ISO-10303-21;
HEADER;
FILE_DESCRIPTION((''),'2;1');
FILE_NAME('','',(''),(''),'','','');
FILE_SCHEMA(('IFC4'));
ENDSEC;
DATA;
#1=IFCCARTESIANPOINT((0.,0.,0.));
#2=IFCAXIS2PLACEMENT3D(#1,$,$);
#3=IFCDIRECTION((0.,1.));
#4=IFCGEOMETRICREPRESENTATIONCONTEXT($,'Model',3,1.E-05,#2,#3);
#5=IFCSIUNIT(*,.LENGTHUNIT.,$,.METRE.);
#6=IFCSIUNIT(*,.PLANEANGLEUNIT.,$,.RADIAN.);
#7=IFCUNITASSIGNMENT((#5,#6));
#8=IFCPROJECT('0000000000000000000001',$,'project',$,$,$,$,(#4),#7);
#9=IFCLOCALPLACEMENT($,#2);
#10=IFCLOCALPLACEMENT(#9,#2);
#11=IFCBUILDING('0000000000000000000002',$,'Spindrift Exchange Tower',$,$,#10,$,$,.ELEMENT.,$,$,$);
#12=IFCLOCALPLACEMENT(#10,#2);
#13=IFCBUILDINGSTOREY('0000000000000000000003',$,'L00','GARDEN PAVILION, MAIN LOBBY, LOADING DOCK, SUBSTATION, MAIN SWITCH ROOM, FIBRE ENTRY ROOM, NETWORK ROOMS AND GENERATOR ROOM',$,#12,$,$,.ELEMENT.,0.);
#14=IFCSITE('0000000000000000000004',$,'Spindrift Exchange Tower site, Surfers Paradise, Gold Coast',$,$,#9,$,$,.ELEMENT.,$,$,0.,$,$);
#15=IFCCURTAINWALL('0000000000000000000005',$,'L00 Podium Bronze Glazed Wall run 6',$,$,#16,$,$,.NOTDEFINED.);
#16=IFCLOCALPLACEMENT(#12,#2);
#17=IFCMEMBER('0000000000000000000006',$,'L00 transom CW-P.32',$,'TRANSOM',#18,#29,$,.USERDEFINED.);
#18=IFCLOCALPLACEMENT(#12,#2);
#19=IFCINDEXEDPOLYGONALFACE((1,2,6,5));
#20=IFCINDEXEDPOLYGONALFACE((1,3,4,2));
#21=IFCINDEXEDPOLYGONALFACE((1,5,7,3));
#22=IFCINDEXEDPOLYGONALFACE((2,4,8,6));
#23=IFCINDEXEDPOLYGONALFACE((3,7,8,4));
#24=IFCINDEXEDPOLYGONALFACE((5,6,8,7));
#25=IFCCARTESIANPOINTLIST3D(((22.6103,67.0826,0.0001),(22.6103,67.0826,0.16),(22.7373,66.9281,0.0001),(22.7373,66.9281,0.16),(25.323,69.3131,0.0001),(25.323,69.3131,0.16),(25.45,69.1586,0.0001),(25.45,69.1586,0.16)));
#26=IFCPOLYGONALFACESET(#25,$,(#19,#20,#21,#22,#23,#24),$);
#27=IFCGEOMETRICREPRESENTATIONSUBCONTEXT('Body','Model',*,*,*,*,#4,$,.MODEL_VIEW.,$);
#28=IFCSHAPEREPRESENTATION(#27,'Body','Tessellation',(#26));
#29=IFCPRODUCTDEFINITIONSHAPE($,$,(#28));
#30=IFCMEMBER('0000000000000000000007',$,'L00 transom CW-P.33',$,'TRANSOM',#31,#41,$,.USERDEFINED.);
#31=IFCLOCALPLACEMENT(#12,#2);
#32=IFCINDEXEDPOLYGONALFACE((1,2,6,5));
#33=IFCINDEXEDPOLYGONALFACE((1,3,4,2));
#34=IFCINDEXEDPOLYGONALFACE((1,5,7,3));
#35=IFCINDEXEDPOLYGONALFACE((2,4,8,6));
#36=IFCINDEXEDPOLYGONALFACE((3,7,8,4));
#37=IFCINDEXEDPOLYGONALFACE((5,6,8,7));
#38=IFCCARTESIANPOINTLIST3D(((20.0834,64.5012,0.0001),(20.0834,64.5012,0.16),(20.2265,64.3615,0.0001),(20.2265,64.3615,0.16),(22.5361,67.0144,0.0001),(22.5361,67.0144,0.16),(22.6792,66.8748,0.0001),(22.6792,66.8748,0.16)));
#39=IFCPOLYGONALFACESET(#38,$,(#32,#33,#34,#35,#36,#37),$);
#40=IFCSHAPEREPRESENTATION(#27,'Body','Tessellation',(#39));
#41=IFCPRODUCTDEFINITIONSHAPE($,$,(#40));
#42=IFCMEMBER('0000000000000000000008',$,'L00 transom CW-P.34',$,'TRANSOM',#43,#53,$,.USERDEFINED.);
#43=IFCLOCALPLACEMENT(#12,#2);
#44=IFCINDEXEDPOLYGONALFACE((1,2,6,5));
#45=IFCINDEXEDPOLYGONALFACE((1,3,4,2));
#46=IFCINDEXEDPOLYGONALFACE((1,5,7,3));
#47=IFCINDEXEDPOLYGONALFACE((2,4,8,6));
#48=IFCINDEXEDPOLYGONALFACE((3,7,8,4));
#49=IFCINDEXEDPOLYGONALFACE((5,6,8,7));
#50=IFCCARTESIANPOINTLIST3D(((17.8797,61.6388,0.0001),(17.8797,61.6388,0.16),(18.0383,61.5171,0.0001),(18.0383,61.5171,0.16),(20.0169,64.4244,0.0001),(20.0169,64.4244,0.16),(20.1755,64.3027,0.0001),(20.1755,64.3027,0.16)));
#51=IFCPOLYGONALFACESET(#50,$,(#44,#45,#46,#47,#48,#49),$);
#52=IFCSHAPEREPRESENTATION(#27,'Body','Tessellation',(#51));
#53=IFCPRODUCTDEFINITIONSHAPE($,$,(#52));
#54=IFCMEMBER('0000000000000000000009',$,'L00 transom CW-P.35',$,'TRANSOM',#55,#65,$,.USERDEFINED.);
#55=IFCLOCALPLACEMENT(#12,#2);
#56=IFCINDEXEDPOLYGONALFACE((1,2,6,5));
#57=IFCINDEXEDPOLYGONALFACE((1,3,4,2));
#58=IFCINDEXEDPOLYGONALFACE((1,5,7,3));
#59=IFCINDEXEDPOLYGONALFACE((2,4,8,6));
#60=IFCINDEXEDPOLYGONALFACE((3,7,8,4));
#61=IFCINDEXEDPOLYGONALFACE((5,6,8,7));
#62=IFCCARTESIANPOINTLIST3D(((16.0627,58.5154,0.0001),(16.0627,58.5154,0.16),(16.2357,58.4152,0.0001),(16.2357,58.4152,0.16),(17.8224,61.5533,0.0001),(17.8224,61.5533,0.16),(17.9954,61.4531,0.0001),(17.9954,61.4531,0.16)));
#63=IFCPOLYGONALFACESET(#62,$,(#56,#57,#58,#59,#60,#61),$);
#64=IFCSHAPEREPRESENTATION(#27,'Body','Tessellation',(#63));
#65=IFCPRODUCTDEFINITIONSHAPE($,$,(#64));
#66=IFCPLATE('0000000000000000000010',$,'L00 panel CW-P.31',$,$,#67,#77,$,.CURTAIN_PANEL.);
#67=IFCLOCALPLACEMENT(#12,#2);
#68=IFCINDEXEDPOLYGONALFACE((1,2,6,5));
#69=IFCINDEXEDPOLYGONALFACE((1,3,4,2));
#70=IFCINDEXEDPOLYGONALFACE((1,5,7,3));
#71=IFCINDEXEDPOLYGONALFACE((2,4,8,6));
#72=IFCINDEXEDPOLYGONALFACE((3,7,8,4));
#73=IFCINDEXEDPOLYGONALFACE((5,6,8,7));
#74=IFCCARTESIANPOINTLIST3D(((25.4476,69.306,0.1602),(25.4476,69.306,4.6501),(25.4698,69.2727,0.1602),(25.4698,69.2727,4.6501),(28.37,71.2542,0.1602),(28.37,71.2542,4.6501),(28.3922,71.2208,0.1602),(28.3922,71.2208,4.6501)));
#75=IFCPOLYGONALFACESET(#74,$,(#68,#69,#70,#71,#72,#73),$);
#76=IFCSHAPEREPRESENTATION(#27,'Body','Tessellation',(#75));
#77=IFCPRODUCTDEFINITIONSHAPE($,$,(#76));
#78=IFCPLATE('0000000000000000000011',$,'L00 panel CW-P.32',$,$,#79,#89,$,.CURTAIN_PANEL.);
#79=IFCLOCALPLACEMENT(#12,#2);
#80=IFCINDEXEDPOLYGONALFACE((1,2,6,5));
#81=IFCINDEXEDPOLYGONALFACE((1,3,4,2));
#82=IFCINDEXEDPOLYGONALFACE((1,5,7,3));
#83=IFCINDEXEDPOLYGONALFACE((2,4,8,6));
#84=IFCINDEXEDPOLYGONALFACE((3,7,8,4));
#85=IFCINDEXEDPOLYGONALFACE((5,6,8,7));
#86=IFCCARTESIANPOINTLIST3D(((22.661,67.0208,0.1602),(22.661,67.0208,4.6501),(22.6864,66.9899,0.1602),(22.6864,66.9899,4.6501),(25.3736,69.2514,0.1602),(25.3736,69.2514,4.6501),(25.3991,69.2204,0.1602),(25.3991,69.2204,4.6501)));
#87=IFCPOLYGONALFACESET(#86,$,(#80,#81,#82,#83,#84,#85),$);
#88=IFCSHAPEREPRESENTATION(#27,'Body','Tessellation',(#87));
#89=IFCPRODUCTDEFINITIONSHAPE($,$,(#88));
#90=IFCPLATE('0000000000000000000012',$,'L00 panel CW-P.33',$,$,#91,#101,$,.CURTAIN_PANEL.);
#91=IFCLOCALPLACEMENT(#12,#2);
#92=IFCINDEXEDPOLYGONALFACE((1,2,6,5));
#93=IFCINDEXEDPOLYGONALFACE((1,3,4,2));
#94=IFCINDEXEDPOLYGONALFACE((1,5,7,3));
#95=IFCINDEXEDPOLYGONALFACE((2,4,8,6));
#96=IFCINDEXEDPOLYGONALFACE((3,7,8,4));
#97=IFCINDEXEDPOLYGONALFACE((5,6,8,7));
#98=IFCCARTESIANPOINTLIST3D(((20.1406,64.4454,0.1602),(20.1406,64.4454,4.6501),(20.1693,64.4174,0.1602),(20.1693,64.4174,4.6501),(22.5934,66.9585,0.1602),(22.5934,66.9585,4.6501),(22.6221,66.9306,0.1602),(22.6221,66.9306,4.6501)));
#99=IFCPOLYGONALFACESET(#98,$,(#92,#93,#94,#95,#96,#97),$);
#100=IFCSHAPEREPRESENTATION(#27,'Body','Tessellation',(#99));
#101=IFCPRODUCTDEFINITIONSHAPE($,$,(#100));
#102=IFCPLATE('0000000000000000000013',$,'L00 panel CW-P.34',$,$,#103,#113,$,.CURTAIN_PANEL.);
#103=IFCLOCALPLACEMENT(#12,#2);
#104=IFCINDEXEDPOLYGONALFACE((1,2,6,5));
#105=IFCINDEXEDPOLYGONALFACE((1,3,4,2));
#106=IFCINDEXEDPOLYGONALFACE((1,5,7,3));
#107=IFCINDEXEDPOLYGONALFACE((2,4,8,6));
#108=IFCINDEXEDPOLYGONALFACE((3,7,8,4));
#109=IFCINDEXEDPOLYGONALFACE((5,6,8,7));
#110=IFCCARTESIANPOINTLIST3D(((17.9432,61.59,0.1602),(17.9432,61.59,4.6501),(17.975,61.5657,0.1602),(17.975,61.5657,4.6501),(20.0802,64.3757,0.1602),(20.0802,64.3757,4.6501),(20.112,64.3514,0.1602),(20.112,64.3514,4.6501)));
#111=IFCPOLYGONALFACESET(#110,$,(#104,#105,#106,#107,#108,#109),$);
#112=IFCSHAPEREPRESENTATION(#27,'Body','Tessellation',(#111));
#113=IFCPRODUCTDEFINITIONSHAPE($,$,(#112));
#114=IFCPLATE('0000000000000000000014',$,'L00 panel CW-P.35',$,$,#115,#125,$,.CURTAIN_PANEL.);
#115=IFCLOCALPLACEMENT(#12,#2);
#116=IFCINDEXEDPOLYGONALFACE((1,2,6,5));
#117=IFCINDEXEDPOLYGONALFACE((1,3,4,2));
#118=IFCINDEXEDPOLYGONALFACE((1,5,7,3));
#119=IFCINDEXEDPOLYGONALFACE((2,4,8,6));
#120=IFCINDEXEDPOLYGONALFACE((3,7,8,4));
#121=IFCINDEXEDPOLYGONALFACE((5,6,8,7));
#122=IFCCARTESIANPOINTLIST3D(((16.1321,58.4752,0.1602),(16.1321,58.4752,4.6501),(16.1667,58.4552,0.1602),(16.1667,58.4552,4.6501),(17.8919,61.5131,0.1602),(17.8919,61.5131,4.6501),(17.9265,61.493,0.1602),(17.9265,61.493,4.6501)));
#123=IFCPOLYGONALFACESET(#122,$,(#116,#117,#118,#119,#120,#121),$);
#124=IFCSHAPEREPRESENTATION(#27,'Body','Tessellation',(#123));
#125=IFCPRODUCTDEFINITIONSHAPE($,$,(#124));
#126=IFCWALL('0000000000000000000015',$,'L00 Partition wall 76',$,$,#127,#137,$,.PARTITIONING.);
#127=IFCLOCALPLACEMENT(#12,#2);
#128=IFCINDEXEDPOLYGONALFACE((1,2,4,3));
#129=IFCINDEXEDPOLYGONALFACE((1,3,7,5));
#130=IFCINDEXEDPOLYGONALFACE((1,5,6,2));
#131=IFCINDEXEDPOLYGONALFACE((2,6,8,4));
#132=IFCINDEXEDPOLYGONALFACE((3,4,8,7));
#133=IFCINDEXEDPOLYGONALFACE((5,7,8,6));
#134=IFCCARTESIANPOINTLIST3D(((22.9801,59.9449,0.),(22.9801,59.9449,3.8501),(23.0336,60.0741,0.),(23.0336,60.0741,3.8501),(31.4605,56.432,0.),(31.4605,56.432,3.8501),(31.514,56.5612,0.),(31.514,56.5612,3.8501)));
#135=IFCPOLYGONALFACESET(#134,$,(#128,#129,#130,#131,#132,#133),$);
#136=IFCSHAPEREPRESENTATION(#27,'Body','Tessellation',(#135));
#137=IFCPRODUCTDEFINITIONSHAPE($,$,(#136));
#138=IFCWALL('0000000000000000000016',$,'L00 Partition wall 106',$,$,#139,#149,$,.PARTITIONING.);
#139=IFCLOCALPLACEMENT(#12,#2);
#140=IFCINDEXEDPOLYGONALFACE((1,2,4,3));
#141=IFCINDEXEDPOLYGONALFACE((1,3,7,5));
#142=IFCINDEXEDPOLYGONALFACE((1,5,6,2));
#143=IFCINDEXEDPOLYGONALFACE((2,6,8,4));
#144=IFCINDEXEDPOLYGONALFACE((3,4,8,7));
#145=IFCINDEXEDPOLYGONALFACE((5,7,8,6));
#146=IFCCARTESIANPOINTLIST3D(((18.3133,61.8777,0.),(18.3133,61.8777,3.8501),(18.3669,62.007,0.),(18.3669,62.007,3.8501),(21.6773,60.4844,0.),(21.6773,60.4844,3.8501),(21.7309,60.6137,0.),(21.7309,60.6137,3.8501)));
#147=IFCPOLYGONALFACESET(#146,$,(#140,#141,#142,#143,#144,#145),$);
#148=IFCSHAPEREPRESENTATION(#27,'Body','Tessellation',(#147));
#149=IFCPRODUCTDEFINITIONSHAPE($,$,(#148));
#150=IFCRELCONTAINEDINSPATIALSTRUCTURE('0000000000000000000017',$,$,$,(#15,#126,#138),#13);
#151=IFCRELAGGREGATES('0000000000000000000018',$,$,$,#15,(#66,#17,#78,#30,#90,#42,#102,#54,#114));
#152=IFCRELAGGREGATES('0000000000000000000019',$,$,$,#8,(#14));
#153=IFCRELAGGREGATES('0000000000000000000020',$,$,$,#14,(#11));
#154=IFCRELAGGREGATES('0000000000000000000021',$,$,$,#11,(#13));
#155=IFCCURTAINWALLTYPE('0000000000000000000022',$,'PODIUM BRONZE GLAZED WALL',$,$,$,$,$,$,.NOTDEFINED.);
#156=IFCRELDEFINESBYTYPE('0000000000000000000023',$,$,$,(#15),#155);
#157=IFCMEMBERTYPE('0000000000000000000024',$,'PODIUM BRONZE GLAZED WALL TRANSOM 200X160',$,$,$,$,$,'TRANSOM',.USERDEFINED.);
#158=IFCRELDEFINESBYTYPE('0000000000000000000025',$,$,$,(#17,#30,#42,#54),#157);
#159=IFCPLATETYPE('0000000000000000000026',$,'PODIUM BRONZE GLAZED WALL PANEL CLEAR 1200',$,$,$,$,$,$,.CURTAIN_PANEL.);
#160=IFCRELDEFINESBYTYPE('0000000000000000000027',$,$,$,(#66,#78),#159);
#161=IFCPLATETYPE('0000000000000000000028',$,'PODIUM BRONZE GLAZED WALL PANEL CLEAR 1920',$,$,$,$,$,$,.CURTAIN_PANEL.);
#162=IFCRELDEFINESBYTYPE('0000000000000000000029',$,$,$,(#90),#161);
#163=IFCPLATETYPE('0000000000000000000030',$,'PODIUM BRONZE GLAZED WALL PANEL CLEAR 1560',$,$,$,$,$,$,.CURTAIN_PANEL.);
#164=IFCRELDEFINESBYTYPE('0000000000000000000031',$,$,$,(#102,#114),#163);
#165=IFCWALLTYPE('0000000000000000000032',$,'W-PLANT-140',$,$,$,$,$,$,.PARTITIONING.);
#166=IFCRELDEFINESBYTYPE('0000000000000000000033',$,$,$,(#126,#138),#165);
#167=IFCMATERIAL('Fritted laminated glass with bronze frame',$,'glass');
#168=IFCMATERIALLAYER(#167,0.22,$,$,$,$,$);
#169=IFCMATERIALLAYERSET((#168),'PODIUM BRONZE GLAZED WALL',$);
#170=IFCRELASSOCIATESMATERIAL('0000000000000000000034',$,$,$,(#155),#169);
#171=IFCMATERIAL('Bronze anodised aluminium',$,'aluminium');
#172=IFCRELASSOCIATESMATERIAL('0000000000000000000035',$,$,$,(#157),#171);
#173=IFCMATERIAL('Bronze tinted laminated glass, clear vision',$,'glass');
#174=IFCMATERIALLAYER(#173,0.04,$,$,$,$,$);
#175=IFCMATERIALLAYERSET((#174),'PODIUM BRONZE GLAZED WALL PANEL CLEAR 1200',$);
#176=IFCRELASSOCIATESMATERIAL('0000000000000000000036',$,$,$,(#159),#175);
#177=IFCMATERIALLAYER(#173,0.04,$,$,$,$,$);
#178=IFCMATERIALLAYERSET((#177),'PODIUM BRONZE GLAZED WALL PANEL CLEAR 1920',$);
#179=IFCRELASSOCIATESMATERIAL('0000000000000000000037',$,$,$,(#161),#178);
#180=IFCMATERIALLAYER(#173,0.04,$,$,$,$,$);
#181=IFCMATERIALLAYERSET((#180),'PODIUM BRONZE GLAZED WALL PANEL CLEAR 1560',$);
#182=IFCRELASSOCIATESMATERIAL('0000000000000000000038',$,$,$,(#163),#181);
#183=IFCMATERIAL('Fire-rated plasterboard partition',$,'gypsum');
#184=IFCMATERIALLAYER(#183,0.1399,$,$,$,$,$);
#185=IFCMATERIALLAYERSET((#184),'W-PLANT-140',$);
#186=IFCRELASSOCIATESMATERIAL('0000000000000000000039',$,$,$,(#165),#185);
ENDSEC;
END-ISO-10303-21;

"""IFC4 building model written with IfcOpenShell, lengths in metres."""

from ifc_helpers import new_model, si_unit, direction, frame, frame_2d, origin, origin_2d, place, context, subcontext, project, spatial, rectangle, extrude, source, transform, mapped, material, layer, layer_set, material_profile, profile_set, type_object, element, aggregate, save


model = new_model("IFC4")

# Units and contexts
model_context = context("Model", 3, precision=1e-05, world=origin(), true_north=direction((0.0, 1.0)))
body_context = subcontext(model_context, "Body", "Model", "MODEL_VIEW")
ifc_project = project(units=[si_unit("LENGTHUNIT", "METRE"), si_unit("PLANEANGLEUNIT", "RADIAN")], contexts=[model_context])

# Site, building, storey
site_placement = place(None, origin())
site = spatial("IfcSite", under=ifc_project, at=site_placement, Name="Spindrift Exchange Tower site, Surfers Paradise, Gold Coast", CompositionType="ELEMENT", RefElevation=0.0)
building_placement = place(site_placement, origin())
building = spatial("IfcBuilding", under=site, at=building_placement, Name="Spindrift Exchange Tower", CompositionType="ELEMENT")
storey_placement = place(building_placement, origin())
storey = spatial("IfcBuildingStorey", under=building, at=storey_placement, Name="L00", Description="GARDEN PAVILION, MAIN LOBBY, LOADING DOCK, SUBSTATION, MAIN SWITCH ROOM, FIBRE ENTRY ROOM, NETWORK ROOMS AND GENERATOR ROOM", CompositionType="ELEMENT", Elevation=0.0)

# Curtain wall, members, plates
ifc_material_1 = material(Name="Fritted laminated glass with bronze frame", Category="glass")
ifc_layer_1 = layer(ifc_material_1, 0.22)
ifc_layer_set_1 = layer_set([ifc_layer_1], Name="PODIUM BRONZE GLAZED WALL")
curtain_wall_type = type_object("IfcCurtainWallType", Name="PODIUM BRONZE GLAZED WALL", PredefinedType="NOTDEFINED", material=ifc_layer_set_1)
curtain_wall_placement = place(storey_placement, origin())
curtain_wall = element("IfcCurtainWall", 1, at=curtain_wall_placement, inside=storey, type_object=curtain_wall_type, Name="L00 Podium Bronze Glazed Wall run 6", PredefinedType="NOTDEFINED")
ifc_material_2 = material(Name="Bronze anodised aluminium", Category="aluminium")
ifc_material_profile_1 = material_profile(ifc_material_2, rectangle(XDim=0.2, YDim=0.1599, at=origin_2d()), Name="PODIUM BRONZE GLAZED WALL TRANSOM 200X160")
ifc_profile_set_1 = profile_set([ifc_material_profile_1], Name="Bronze anodised aluminium")
member_type_1 = type_object("IfcMemberType", Name="PODIUM BRONZE GLAZED WALL TRANSOM 200X160", ElementType="TRANSOM", PredefinedType="USERDEFINED", material=ifc_profile_set_1)
shared_shape_1 = source(origin(), body_context, "Body", "SweptSolid", [
    extrude(rectangle(XDim=0.2, YDim=0.1599, at=origin_2d()), origin(), (0.0, 0.0, 1.0), 3.512),
])
member_1_placement = place(storey_placement, frame((25.3865, 69.2358, 0.0801), z_axis=(-0.772416, -0.635117, 0.0), x_axis=(0.635117, -0.772416, 0.0)))
member_1 = element("IfcMember", 2, at=member_1_placement, type_object=member_type_1, Name="L00 transom CW-P.32", ObjectType="TRANSOM", PredefinedType="USERDEFINED", context=body_context, shape_type="MappedRepresentation", body=[
    mapped(shared_shape_1, transform((0.0, 0.0, 0.0), scale=1.0)),
])
shared_shape_2 = source(origin(), body_context, "Body", "SweptSolid", [
    extrude(rectangle(XDim=0.2, YDim=0.1599, at=origin_2d()), origin(), (0.0, 0.0, 1.0), 3.5117),
])
member_2_placement = place(storey_placement, frame((22.6077, 66.9446, 0.0801), z_axis=(-0.698433, -0.715675, 0.0), x_axis=(0.715675, -0.698433, 0.0)))
member_2 = element("IfcMember", 3, at=member_2_placement, type_object=member_type_1, Name="L00 transom CW-P.33", ObjectType="TRANSOM", PredefinedType="USERDEFINED", context=body_context, shape_type="MappedRepresentation", body=[
    mapped(shared_shape_2, transform((0.0, 0.0, 0.0), scale=1.0)),
])
shared_shape_3 = source(origin(), body_context, "Body", "SweptSolid", [
    extrude(rectangle(XDim=0.2, YDim=0.1599, at=origin_2d()), origin(), (0.0, 0.0, 1.0), 3.511),
])
member_3_placement = place(storey_placement, frame((20.0962, 64.3635, 0.0801), z_axis=(-0.608709, -0.793394, 0.0), x_axis=(0.793394, -0.608709, 0.0)))
member_3 = element("IfcMember", 4, at=member_3_placement, type_object=member_type_1, Name="L00 transom CW-P.34", ObjectType="TRANSOM", PredefinedType="USERDEFINED", context=body_context, shape_type="MappedRepresentation", body=[
    mapped(shared_shape_3, transform((0.0, 0.0, 0.0), scale=1.0)),
])
shared_shape_4 = source(origin(), body_context, "Body", "SweptSolid", [
    extrude(rectangle(XDim=0.2, YDim=0.1599, at=origin_2d()), origin(), (0.0, 0.0, 1.0), 3.5107),
])
member_4_placement = place(storey_placement, frame((17.9089, 61.5032, 0.0801), z_axis=(-0.501253, -0.865301, 0.0), x_axis=(0.865301, -0.501253, 0.0)))
member_4 = element("IfcMember", 5, at=member_4_placement, type_object=member_type_1, Name="L00 transom CW-P.35", ObjectType="TRANSOM", PredefinedType="USERDEFINED", context=body_context, shape_type="MappedRepresentation", body=[
    mapped(shared_shape_4, transform((0.0, 0.0, 0.0), scale=1.0)),
])
ifc_material_3 = material(Name="Bronze tinted laminated glass, clear vision", Category="glass")
ifc_layer_2 = layer(ifc_material_3, 0.04)
ifc_layer_set_2 = layer_set([ifc_layer_2], Name="PODIUM BRONZE GLAZED WALL PANEL CLEAR 1200")
plate_type_1 = type_object("IfcPlateType", Name="PODIUM BRONZE GLAZED WALL PANEL CLEAR 1200", PredefinedType="CURTAIN_PANEL", material=ifc_layer_set_2)
shared_shape_5 = source(origin(), body_context, "Body", "SweptSolid", [
    extrude(rectangle(XDim=3.5122, YDim=0.04, at=origin_2d()), origin(), (0.0, 0.0, 1.0), 4.49),
])
plate_1_placement = place(storey_placement, frame((26.9199, 70.2634, 0.1602), z_axis=(0.0, 0.0, 1.0), x_axis=(-0.832067, -0.554675, 0.0)))
plate_1 = element("IfcPlate", 6, at=plate_1_placement, type_object=plate_type_1, Name="L00 panel CW-P.31", PredefinedType="CURTAIN_PANEL", context=body_context, shape_type="MappedRepresentation", body=[
    mapped(shared_shape_5, transform((0.0, 0.0, 0.0), scale=1.0)),
])
shared_shape_6 = source(origin(), body_context, "Body", "SweptSolid", [
    extrude(rectangle(XDim=3.512, YDim=0.04, at=origin_2d()), origin(), (0.0, 0.0, 1.0), 4.49),
])
plate_2_placement = place(storey_placement, frame((24.03, 68.1206, 0.1602), z_axis=(0.0, 0.0, 1.0), x_axis=(-0.772399, -0.635138, 0.0)))
plate_2 = element("IfcPlate", 7, at=plate_2_placement, type_object=plate_type_1, Name="L00 panel CW-P.32", PredefinedType="CURTAIN_PANEL", context=body_context, shape_type="MappedRepresentation", body=[
    mapped(shared_shape_6, transform((0.0, 0.0, 0.0), scale=1.0)),
])
ifc_layer_3 = layer(ifc_material_3, 0.04)
ifc_layer_set_3 = layer_set([ifc_layer_3], Name="PODIUM BRONZE GLAZED WALL PANEL CLEAR 1920")
plate_type_2 = type_object("IfcPlateType", Name="PODIUM BRONZE GLAZED WALL PANEL CLEAR 1920", PredefinedType="CURTAIN_PANEL", material=ifc_layer_set_3)
shared_shape_7 = source(origin(), body_context, "Body", "SweptSolid", [
    extrude(rectangle(XDim=3.5117, YDim=0.04, at=origin_2d()), origin(), (0.0, 0.0, 1.0), 4.49),
])
plate_3_placement = place(storey_placement, frame((21.3813, 65.688, 0.1602), z_axis=(0.0, 0.0, 1.0), x_axis=(-0.698462, -0.715648, 0.0)))
plate_3 = element("IfcPlate", 8, at=plate_3_placement, type_object=plate_type_2, Name="L00 panel CW-P.33", PredefinedType="CURTAIN_PANEL", context=body_context, shape_type="MappedRepresentation", body=[
    mapped(shared_shape_7, transform((0.0, 0.0, 0.0), scale=1.0)),
])
ifc_layer_4 = layer(ifc_material_3, 0.04)
ifc_layer_set_4 = layer_set([ifc_layer_4], Name="PODIUM BRONZE GLAZED WALL PANEL CLEAR 1560")
plate_type_3 = type_object("IfcPlateType", Name="PODIUM BRONZE GLAZED WALL PANEL CLEAR 1560", PredefinedType="CURTAIN_PANEL", material=ifc_layer_set_4)
shared_shape_8 = source(origin(), body_context, "Body", "SweptSolid", [
    extrude(rectangle(XDim=3.511, YDim=0.04, at=origin_2d()), origin(), (0.0, 0.0, 1.0), 4.49),
])
plate_4_placement = place(storey_placement, frame((19.0276, 62.9707, 0.1602), z_axis=(0.0, 0.0, 1.0), x_axis=(-0.608673, -0.793421, 0.0)))
plate_4 = element("IfcPlate", 9, at=plate_4_placement, type_object=plate_type_3, Name="L00 panel CW-P.34", PredefinedType="CURTAIN_PANEL", context=body_context, shape_type="MappedRepresentation", body=[
    mapped(shared_shape_8, transform((0.0, 0.0, 0.0), scale=1.0)),
])
shared_shape_9 = source(origin(), body_context, "Body", "SweptSolid", [
    extrude(rectangle(XDim=3.5107, YDim=0.04, at=origin_2d()), origin(), (0.0, 0.0, 1.0), 4.49),
])
plate_5_placement = place(storey_placement, frame((17.0293, 59.9841, 0.1602), z_axis=(0.0, 0.0, 1.0), x_axis=(-0.501248, -0.865304, 0.0)))
plate_5 = element("IfcPlate", 10, at=plate_5_placement, type_object=plate_type_3, Name="L00 panel CW-P.35", PredefinedType="CURTAIN_PANEL", context=body_context, shape_type="MappedRepresentation", body=[
    mapped(shared_shape_9, transform((0.0, 0.0, 0.0), scale=1.0)),
])
aggregate(curtain_wall, [plate_1, member_1, plate_2, member_2, plate_3, member_3, plate_4, member_4, plate_5])

# Walls
ifc_material_4 = material(Name="Fire-rated plasterboard partition", Category="gypsum")
ifc_layer_5 = layer(ifc_material_4, 0.1399)
ifc_layer_set_5 = layer_set([ifc_layer_5], Name="W-PLANT-140")
wall_type = type_object("IfcWallType", Name="W-PLANT-140", PredefinedType="PARTITIONING", material=ifc_layer_set_5)
wall_1_placement = place(storey_placement, frame((23.0068, 60.0095, 0.0), z_axis=(0.0, 0.0, 1.0), x_axis=(0.923871, -0.382703, 0.0)))
element("IfcWall", 11, at=wall_1_placement, inside=storey, type_object=wall_type, Name="L00 Partition wall 76", PredefinedType="PARTITIONING", context=body_context, shape_type="SweptSolid", body=[
    extrude(rectangle(XDim=9.1792, YDim=0.1399, at=frame_2d((4.5896, 0.0))), origin(), (0.0, 0.0, 1.0), 3.8501),
])
wall_2_placement = place(storey_placement, frame((21.7041, 60.5491, 0.0), z_axis=(0.0, 0.0, 1.0), x_axis=(-0.92389, 0.382658, 0.0)))
element("IfcWall", 12, at=wall_2_placement, inside=storey, type_object=wall_type, Name="L00 Partition wall 106", PredefinedType="PARTITIONING", context=body_context, shape_type="SweptSolid", body=[
    extrude(rectangle(XDim=3.6411, YDim=0.1399, at=frame_2d((1.8206, 0.0))), origin(), (0.0, 0.0, 1.0), 3.8501),
])

save(model, "model.ifc")
